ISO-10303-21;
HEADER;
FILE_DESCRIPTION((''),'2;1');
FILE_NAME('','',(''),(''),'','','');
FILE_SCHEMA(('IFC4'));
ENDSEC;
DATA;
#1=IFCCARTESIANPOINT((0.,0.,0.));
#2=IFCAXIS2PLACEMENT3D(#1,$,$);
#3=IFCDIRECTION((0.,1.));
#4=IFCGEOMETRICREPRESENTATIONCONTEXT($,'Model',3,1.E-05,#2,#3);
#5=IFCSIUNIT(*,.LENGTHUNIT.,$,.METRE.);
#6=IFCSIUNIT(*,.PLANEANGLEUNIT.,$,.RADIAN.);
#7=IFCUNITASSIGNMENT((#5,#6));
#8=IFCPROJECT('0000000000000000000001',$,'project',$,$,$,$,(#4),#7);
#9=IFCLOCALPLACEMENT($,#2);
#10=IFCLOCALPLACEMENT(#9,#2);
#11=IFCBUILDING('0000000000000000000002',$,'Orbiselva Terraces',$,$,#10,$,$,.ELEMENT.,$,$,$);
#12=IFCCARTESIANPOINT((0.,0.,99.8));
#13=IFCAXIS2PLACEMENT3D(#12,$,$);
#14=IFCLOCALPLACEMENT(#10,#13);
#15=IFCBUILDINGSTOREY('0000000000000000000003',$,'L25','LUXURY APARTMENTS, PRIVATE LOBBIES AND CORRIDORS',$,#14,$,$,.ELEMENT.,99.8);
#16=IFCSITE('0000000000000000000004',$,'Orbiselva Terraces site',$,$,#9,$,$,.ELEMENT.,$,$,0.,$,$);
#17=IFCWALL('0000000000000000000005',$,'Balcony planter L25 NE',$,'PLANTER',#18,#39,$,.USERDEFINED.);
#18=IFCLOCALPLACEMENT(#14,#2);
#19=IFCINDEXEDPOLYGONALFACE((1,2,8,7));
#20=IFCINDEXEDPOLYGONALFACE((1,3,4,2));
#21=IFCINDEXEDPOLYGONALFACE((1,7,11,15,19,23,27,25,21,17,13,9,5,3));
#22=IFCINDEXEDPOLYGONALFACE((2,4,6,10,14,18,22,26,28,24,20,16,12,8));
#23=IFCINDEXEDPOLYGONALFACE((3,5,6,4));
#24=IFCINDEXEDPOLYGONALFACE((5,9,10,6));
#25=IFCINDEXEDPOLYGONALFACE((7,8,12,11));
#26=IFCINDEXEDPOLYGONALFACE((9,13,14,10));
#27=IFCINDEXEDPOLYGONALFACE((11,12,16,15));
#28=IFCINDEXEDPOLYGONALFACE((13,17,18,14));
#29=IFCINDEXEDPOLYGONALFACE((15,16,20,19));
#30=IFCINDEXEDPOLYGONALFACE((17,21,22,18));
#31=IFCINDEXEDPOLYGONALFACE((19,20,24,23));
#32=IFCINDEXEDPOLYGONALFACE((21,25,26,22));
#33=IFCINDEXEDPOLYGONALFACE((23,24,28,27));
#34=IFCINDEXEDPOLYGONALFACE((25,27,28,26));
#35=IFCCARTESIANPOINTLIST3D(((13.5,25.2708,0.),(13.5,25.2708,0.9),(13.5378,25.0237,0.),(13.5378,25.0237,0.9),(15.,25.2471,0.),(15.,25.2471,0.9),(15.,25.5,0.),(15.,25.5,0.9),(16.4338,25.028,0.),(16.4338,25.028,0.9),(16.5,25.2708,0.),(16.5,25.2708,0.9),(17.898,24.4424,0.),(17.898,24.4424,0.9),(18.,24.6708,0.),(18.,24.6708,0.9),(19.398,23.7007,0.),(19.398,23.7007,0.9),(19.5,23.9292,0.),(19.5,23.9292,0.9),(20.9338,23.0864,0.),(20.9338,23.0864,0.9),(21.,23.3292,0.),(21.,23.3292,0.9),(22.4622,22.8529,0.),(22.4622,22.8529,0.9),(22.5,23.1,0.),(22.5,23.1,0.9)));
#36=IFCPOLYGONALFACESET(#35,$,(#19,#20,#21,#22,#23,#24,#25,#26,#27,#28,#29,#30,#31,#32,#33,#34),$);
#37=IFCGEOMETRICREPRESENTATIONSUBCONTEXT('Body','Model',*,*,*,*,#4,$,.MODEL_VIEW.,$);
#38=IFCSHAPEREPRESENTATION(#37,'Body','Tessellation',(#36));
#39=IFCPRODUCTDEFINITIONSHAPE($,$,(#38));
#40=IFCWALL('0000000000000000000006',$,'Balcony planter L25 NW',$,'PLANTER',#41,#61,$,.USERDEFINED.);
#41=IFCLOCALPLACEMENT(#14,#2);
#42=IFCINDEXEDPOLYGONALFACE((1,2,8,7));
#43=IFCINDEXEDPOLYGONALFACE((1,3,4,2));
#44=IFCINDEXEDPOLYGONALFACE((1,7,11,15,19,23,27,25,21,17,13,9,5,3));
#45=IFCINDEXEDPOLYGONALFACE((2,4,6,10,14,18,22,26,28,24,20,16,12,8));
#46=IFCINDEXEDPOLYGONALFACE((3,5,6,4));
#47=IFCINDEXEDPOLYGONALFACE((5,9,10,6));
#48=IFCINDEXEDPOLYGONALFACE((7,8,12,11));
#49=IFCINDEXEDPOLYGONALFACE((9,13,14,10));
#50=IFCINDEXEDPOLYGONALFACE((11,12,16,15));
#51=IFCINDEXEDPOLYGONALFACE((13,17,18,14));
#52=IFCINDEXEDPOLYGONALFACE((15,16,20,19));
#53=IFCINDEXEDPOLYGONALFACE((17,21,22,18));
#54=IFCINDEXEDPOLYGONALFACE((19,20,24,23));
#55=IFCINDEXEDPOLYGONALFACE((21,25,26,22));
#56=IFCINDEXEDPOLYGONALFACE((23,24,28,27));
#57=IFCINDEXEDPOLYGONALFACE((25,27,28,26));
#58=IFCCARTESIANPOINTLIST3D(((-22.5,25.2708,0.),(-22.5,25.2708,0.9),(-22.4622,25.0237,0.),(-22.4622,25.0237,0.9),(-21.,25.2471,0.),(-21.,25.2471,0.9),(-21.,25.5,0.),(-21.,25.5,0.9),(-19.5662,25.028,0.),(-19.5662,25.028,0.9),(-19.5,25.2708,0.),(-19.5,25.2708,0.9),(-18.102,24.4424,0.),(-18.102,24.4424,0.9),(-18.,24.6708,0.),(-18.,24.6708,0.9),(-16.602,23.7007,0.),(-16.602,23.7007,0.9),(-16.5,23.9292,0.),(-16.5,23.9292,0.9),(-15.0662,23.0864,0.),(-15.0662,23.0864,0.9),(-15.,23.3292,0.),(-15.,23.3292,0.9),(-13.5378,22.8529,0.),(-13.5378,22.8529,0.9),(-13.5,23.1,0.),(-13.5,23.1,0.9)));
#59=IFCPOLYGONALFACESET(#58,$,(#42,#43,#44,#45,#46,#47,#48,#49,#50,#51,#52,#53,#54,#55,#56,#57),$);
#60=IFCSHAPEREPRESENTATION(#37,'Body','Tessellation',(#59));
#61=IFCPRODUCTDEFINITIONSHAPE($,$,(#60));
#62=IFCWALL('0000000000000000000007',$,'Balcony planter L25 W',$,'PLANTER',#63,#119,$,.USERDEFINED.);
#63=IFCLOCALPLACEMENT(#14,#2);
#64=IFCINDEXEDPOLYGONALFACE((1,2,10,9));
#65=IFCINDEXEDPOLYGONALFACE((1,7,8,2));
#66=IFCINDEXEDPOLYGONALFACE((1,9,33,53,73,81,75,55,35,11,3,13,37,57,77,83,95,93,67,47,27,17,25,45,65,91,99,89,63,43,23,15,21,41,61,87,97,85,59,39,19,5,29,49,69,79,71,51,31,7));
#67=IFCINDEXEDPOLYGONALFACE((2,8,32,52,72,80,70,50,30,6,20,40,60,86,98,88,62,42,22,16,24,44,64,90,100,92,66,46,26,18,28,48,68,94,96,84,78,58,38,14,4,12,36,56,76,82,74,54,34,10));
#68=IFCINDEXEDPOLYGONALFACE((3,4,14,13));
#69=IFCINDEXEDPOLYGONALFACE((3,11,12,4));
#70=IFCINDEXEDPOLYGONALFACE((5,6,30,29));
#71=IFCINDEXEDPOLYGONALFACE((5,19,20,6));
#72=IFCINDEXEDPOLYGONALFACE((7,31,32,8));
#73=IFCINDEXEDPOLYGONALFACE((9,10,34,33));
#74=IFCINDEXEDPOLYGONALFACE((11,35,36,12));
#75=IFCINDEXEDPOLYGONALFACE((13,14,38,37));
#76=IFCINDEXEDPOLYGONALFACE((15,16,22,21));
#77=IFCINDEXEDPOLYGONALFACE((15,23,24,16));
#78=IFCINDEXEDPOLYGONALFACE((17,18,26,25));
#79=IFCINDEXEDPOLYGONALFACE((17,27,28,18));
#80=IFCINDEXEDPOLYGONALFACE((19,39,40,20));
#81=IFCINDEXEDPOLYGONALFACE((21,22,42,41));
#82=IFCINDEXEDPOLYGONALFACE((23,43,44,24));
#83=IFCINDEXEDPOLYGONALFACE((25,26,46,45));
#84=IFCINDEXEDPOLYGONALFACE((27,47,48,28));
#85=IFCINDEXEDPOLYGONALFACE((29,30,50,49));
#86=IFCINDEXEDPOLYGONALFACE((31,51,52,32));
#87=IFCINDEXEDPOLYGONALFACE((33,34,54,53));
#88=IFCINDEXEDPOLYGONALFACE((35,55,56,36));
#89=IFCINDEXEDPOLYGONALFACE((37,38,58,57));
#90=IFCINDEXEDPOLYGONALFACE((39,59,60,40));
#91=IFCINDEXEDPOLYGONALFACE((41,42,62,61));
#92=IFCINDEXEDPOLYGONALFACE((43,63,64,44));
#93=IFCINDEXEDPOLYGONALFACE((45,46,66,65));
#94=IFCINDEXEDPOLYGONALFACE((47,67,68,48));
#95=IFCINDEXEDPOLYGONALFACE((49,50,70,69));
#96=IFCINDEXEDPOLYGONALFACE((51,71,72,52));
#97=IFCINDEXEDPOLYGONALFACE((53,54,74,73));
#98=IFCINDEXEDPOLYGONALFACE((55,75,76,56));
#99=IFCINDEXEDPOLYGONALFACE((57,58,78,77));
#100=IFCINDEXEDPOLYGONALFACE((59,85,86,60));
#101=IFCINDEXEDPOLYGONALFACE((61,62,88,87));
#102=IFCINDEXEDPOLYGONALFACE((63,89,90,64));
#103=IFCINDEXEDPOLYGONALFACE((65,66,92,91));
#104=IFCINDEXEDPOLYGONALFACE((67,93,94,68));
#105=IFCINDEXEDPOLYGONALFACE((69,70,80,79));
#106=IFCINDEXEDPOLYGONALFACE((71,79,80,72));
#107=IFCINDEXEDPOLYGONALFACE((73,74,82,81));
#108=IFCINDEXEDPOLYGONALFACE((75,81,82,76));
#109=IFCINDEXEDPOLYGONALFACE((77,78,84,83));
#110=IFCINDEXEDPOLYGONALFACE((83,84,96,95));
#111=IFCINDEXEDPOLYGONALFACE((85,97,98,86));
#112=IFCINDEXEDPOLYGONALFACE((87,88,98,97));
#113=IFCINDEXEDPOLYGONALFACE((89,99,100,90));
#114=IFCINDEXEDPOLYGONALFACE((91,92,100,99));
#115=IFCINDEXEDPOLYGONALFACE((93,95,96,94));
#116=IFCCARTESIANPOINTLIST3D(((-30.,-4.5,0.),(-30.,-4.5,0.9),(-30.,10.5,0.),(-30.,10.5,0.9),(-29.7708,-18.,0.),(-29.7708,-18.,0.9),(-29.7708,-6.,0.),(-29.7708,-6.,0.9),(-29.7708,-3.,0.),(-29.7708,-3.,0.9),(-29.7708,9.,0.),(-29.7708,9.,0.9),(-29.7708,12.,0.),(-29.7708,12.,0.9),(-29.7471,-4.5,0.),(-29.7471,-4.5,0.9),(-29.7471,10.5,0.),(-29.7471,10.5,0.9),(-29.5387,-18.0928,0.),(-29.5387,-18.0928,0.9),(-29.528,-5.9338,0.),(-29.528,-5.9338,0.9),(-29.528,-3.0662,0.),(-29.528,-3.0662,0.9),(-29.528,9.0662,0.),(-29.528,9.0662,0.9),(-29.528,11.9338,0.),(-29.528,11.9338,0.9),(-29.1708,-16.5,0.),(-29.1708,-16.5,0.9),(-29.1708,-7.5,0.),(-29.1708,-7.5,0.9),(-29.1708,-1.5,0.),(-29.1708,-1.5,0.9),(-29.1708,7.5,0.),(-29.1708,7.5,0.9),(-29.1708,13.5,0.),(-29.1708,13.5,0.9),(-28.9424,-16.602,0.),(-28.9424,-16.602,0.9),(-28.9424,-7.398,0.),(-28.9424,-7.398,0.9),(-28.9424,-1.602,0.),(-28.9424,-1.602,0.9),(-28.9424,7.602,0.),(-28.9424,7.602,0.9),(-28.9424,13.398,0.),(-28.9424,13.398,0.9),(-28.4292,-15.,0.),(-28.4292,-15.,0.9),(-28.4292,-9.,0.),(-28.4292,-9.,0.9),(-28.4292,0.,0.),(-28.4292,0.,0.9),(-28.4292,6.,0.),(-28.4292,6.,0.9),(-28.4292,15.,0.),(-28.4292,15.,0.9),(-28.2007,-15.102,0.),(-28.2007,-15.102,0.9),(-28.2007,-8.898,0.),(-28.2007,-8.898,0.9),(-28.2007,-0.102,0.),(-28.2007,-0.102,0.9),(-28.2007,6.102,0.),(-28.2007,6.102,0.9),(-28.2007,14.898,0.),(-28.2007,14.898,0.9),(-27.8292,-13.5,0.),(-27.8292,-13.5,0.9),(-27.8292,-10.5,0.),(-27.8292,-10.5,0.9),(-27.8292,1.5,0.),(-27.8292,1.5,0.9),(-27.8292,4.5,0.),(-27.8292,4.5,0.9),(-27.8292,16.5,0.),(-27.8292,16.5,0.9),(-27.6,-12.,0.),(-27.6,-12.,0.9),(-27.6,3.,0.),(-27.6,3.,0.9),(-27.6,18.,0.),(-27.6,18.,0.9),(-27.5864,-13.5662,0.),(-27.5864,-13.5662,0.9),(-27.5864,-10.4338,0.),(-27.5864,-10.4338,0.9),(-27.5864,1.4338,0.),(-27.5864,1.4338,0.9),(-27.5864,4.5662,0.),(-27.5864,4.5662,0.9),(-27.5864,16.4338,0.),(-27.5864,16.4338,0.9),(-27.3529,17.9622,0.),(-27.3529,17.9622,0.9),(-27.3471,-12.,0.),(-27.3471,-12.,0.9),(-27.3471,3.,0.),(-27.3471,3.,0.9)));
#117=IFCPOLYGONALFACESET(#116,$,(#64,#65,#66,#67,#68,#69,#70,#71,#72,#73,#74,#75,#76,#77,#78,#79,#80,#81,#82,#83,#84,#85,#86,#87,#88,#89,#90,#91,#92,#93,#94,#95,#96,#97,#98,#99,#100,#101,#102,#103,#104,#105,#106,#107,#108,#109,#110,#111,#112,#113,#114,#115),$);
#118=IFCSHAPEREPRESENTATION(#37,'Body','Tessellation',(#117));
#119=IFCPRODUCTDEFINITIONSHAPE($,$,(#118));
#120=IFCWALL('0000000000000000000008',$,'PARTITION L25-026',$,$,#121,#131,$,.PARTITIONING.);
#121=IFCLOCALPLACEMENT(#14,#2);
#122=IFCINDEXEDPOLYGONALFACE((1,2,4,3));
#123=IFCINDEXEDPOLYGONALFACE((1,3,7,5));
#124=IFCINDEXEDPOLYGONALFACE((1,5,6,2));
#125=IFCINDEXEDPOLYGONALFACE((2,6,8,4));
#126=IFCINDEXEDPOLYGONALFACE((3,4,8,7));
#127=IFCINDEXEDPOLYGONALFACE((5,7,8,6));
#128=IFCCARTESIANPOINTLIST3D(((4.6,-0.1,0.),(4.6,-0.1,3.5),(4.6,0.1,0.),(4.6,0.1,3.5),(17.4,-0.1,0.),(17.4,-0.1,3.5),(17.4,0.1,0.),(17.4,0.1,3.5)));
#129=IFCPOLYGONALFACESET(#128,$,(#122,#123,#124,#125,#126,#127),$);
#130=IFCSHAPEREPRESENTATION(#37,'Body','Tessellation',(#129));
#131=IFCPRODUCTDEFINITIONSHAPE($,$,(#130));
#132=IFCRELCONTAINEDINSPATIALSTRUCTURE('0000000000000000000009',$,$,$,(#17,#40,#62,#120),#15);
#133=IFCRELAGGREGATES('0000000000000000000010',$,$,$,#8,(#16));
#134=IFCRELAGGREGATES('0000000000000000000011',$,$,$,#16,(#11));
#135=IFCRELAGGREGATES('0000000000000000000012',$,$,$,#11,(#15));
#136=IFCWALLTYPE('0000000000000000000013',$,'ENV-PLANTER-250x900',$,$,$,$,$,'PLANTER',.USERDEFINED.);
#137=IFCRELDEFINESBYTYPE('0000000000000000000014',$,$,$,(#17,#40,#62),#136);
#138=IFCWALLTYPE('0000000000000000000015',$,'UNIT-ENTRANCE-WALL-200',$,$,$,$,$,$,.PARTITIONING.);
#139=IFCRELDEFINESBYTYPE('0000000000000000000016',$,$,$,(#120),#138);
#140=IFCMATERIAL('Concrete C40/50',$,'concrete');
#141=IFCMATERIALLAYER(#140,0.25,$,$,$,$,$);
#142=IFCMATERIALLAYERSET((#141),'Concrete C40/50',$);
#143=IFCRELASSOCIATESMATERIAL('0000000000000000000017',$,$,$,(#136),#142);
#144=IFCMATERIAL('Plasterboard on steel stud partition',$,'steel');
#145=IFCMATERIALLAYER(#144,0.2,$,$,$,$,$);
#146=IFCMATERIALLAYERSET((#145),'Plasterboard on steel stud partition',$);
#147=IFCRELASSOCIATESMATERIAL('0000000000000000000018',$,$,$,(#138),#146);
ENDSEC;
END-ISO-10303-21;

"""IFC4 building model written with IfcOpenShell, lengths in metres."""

from ifc_helpers import new_model, si_unit, direction, frame, frame_2d, origin, place, context, subcontext, project, spatial, polyline, rectangle, outline, extrude, material, layer, layer_set, type_object, element, save


model = new_model("IFC4")

# Units and contexts
model_context = context("Model", 3, precision=1e-05, world=origin(), true_north=direction((0.0, 1.0)))
body_context = subcontext(model_context, "Body", "Model", "MODEL_VIEW")
ifc_project = project(units=[si_unit("LENGTHUNIT", "METRE"), si_unit("PLANEANGLEUNIT", "RADIAN")], contexts=[model_context])

# Site, building, storey
site_placement = place(None, origin())
site = spatial("IfcSite", under=ifc_project, at=site_placement, Name="Orbiselva Terraces site", CompositionType="ELEMENT", RefElevation=0.0)
building_placement = place(site_placement, origin())
building = spatial("IfcBuilding", under=site, at=building_placement, Name="Orbiselva Terraces", CompositionType="ELEMENT")
storey_placement = place(building_placement, frame((0.0, 0.0, 99.8)))
storey = spatial("IfcBuildingStorey", under=building, at=storey_placement, Name="L25", Description="LUXURY APARTMENTS, PRIVATE LOBBIES AND CORRIDORS", CompositionType="ELEMENT", Elevation=99.8)

# Shared definitions
ifc_material_1 = material(Name="Concrete C40/50", Category="concrete")

# Walls
ifc_layer_1 = layer(ifc_material_1, 0.25)
ifc_layer_set_1 = layer_set([ifc_layer_1], Name="Concrete C40/50")
wall_type_1 = type_object("IfcWallType", Name="ENV-PLANTER-250x900", ElementType="PLANTER", PredefinedType="USERDEFINED", material=ifc_layer_set_1)
wall_1_placement = place(storey_placement, origin())
element("IfcWall", 1, at=wall_1_placement, inside=storey, type_object=wall_type_1, Name="Balcony planter L25 NE", ObjectType="PLANTER", PredefinedType="USERDEFINED", context=body_context, shape_type="SweptSolid", body=[
    extrude(outline(polyline([(22.5, 23.1), (21.0, 23.3292), (19.5, 23.9292), (18.0, 24.6708), (16.5, 25.2708), (15.0, 25.5), (13.5, 25.2708), (13.5378, 25.0237), (15.0, 25.2471), (16.4338, 25.028), (17.898, 24.4424), (19.398, 23.7007), (20.9338, 23.0864), (22.4622, 22.8529), (22.5, 23.1)])), origin(), (0.0, 0.0, 1.0), 0.9),
])
wall_2_placement = place(storey_placement, origin())
element("IfcWall", 2, at=wall_2_placement, inside=storey, type_object=wall_type_1, Name="Balcony planter L25 NW", ObjectType="PLANTER", PredefinedType="USERDEFINED", context=body_context, shape_type="SweptSolid", body=[
    extrude(outline(polyline([(-13.5, 23.1), (-15.0, 23.3292), (-16.5, 23.9292), (-18.0, 24.6708), (-19.5, 25.2708), (-21.0, 25.5), (-22.5, 25.2708), (-22.4622, 25.0237), (-21.0, 25.2471), (-19.5662, 25.028), (-18.102, 24.4424), (-16.602, 23.7007), (-15.0662, 23.0864), (-13.5378, 22.8529), (-13.5, 23.1)])), origin(), (0.0, 0.0, 1.0), 0.9),
])
wall_3_placement = place(storey_placement, origin())
element("IfcWall", 3, at=wall_3_placement, inside=storey, type_object=wall_type_1, Name="Balcony planter L25 W", ObjectType="PLANTER", PredefinedType="USERDEFINED", context=body_context, shape_type="SweptSolid", body=[
    extrude(outline(polyline([(-27.6, 18.0), (-27.8292, 16.5), (-28.4292, 15.0), (-29.1708, 13.5), (-29.7708, 12.0), (-30.0, 10.5), (-29.7708, 9.0), (-29.1708, 7.5), (-28.4292, 6.0), (-27.8292, 4.5), (-27.6, 3.0), (-27.8292, 1.5), (-28.4292, 0.0), (-29.1708, -1.5), (-29.7708, -3.0), (-30.0, -4.5), (-29.7708, -6.0), (-29.1708, -7.5), (-28.4292, -9.0), (-27.8292, -10.5), (-27.6, -12.0), (-27.8292, -13.5), (-28.4292, -15.0), (-29.1708, -16.5), (-29.7708, -18.0), (-29.5387, -18.0928), (-28.9424, -16.602), (-28.2007, -15.102), (-27.5864, -13.5662), (-27.3471, -12.0), (-27.5864, -10.4338), (-28.2007, -8.898), (-28.9424, -7.398), (-29.528, -5.9338), (-29.7471, -4.5), (-29.528, -3.0662), (-28.9424, -1.602), (-28.2007, -0.102), (-27.5864, 1.4338), (-27.3471, 3.0), (-27.5864, 4.5662), (-28.2007, 6.102), (-28.9424, 7.602), (-29.528, 9.0662), (-29.7471, 10.5), (-29.528, 11.9338), (-28.9424, 13.398), (-28.2007, 14.898), (-27.5864, 16.4338), (-27.3529, 17.9622), (-27.6, 18.0)])), origin(), (0.0, 0.0, 1.0), 0.9),
])
ifc_material_2 = material(Name="Plasterboard on steel stud partition", Category="steel")
ifc_layer_2 = layer(ifc_material_2, 0.2)
ifc_layer_set_2 = layer_set([ifc_layer_2], Name="Plasterboard on steel stud partition")
wall_type_2 = type_object("IfcWallType", Name="UNIT-ENTRANCE-WALL-200", PredefinedType="PARTITIONING", material=ifc_layer_set_2)
wall_4_placement = place(storey_placement, frame((4.6, 0.0, 0.0), z_axis=(0.0, 0.0, 1.0), x_axis=(1.0, 0.0, 0.0)))
element("IfcWall", 4, at=wall_4_placement, inside=storey, type_object=wall_type_2, Name="PARTITION L25-026", PredefinedType="PARTITIONING", context=body_context, shape_type="SweptSolid", body=[
    extrude(rectangle(XDim=12.8, YDim=0.2, at=frame_2d((6.4, 0.0))), origin(), (0.0, 0.0, 1.0), 3.5),
])

save(model, "model.ifc")
